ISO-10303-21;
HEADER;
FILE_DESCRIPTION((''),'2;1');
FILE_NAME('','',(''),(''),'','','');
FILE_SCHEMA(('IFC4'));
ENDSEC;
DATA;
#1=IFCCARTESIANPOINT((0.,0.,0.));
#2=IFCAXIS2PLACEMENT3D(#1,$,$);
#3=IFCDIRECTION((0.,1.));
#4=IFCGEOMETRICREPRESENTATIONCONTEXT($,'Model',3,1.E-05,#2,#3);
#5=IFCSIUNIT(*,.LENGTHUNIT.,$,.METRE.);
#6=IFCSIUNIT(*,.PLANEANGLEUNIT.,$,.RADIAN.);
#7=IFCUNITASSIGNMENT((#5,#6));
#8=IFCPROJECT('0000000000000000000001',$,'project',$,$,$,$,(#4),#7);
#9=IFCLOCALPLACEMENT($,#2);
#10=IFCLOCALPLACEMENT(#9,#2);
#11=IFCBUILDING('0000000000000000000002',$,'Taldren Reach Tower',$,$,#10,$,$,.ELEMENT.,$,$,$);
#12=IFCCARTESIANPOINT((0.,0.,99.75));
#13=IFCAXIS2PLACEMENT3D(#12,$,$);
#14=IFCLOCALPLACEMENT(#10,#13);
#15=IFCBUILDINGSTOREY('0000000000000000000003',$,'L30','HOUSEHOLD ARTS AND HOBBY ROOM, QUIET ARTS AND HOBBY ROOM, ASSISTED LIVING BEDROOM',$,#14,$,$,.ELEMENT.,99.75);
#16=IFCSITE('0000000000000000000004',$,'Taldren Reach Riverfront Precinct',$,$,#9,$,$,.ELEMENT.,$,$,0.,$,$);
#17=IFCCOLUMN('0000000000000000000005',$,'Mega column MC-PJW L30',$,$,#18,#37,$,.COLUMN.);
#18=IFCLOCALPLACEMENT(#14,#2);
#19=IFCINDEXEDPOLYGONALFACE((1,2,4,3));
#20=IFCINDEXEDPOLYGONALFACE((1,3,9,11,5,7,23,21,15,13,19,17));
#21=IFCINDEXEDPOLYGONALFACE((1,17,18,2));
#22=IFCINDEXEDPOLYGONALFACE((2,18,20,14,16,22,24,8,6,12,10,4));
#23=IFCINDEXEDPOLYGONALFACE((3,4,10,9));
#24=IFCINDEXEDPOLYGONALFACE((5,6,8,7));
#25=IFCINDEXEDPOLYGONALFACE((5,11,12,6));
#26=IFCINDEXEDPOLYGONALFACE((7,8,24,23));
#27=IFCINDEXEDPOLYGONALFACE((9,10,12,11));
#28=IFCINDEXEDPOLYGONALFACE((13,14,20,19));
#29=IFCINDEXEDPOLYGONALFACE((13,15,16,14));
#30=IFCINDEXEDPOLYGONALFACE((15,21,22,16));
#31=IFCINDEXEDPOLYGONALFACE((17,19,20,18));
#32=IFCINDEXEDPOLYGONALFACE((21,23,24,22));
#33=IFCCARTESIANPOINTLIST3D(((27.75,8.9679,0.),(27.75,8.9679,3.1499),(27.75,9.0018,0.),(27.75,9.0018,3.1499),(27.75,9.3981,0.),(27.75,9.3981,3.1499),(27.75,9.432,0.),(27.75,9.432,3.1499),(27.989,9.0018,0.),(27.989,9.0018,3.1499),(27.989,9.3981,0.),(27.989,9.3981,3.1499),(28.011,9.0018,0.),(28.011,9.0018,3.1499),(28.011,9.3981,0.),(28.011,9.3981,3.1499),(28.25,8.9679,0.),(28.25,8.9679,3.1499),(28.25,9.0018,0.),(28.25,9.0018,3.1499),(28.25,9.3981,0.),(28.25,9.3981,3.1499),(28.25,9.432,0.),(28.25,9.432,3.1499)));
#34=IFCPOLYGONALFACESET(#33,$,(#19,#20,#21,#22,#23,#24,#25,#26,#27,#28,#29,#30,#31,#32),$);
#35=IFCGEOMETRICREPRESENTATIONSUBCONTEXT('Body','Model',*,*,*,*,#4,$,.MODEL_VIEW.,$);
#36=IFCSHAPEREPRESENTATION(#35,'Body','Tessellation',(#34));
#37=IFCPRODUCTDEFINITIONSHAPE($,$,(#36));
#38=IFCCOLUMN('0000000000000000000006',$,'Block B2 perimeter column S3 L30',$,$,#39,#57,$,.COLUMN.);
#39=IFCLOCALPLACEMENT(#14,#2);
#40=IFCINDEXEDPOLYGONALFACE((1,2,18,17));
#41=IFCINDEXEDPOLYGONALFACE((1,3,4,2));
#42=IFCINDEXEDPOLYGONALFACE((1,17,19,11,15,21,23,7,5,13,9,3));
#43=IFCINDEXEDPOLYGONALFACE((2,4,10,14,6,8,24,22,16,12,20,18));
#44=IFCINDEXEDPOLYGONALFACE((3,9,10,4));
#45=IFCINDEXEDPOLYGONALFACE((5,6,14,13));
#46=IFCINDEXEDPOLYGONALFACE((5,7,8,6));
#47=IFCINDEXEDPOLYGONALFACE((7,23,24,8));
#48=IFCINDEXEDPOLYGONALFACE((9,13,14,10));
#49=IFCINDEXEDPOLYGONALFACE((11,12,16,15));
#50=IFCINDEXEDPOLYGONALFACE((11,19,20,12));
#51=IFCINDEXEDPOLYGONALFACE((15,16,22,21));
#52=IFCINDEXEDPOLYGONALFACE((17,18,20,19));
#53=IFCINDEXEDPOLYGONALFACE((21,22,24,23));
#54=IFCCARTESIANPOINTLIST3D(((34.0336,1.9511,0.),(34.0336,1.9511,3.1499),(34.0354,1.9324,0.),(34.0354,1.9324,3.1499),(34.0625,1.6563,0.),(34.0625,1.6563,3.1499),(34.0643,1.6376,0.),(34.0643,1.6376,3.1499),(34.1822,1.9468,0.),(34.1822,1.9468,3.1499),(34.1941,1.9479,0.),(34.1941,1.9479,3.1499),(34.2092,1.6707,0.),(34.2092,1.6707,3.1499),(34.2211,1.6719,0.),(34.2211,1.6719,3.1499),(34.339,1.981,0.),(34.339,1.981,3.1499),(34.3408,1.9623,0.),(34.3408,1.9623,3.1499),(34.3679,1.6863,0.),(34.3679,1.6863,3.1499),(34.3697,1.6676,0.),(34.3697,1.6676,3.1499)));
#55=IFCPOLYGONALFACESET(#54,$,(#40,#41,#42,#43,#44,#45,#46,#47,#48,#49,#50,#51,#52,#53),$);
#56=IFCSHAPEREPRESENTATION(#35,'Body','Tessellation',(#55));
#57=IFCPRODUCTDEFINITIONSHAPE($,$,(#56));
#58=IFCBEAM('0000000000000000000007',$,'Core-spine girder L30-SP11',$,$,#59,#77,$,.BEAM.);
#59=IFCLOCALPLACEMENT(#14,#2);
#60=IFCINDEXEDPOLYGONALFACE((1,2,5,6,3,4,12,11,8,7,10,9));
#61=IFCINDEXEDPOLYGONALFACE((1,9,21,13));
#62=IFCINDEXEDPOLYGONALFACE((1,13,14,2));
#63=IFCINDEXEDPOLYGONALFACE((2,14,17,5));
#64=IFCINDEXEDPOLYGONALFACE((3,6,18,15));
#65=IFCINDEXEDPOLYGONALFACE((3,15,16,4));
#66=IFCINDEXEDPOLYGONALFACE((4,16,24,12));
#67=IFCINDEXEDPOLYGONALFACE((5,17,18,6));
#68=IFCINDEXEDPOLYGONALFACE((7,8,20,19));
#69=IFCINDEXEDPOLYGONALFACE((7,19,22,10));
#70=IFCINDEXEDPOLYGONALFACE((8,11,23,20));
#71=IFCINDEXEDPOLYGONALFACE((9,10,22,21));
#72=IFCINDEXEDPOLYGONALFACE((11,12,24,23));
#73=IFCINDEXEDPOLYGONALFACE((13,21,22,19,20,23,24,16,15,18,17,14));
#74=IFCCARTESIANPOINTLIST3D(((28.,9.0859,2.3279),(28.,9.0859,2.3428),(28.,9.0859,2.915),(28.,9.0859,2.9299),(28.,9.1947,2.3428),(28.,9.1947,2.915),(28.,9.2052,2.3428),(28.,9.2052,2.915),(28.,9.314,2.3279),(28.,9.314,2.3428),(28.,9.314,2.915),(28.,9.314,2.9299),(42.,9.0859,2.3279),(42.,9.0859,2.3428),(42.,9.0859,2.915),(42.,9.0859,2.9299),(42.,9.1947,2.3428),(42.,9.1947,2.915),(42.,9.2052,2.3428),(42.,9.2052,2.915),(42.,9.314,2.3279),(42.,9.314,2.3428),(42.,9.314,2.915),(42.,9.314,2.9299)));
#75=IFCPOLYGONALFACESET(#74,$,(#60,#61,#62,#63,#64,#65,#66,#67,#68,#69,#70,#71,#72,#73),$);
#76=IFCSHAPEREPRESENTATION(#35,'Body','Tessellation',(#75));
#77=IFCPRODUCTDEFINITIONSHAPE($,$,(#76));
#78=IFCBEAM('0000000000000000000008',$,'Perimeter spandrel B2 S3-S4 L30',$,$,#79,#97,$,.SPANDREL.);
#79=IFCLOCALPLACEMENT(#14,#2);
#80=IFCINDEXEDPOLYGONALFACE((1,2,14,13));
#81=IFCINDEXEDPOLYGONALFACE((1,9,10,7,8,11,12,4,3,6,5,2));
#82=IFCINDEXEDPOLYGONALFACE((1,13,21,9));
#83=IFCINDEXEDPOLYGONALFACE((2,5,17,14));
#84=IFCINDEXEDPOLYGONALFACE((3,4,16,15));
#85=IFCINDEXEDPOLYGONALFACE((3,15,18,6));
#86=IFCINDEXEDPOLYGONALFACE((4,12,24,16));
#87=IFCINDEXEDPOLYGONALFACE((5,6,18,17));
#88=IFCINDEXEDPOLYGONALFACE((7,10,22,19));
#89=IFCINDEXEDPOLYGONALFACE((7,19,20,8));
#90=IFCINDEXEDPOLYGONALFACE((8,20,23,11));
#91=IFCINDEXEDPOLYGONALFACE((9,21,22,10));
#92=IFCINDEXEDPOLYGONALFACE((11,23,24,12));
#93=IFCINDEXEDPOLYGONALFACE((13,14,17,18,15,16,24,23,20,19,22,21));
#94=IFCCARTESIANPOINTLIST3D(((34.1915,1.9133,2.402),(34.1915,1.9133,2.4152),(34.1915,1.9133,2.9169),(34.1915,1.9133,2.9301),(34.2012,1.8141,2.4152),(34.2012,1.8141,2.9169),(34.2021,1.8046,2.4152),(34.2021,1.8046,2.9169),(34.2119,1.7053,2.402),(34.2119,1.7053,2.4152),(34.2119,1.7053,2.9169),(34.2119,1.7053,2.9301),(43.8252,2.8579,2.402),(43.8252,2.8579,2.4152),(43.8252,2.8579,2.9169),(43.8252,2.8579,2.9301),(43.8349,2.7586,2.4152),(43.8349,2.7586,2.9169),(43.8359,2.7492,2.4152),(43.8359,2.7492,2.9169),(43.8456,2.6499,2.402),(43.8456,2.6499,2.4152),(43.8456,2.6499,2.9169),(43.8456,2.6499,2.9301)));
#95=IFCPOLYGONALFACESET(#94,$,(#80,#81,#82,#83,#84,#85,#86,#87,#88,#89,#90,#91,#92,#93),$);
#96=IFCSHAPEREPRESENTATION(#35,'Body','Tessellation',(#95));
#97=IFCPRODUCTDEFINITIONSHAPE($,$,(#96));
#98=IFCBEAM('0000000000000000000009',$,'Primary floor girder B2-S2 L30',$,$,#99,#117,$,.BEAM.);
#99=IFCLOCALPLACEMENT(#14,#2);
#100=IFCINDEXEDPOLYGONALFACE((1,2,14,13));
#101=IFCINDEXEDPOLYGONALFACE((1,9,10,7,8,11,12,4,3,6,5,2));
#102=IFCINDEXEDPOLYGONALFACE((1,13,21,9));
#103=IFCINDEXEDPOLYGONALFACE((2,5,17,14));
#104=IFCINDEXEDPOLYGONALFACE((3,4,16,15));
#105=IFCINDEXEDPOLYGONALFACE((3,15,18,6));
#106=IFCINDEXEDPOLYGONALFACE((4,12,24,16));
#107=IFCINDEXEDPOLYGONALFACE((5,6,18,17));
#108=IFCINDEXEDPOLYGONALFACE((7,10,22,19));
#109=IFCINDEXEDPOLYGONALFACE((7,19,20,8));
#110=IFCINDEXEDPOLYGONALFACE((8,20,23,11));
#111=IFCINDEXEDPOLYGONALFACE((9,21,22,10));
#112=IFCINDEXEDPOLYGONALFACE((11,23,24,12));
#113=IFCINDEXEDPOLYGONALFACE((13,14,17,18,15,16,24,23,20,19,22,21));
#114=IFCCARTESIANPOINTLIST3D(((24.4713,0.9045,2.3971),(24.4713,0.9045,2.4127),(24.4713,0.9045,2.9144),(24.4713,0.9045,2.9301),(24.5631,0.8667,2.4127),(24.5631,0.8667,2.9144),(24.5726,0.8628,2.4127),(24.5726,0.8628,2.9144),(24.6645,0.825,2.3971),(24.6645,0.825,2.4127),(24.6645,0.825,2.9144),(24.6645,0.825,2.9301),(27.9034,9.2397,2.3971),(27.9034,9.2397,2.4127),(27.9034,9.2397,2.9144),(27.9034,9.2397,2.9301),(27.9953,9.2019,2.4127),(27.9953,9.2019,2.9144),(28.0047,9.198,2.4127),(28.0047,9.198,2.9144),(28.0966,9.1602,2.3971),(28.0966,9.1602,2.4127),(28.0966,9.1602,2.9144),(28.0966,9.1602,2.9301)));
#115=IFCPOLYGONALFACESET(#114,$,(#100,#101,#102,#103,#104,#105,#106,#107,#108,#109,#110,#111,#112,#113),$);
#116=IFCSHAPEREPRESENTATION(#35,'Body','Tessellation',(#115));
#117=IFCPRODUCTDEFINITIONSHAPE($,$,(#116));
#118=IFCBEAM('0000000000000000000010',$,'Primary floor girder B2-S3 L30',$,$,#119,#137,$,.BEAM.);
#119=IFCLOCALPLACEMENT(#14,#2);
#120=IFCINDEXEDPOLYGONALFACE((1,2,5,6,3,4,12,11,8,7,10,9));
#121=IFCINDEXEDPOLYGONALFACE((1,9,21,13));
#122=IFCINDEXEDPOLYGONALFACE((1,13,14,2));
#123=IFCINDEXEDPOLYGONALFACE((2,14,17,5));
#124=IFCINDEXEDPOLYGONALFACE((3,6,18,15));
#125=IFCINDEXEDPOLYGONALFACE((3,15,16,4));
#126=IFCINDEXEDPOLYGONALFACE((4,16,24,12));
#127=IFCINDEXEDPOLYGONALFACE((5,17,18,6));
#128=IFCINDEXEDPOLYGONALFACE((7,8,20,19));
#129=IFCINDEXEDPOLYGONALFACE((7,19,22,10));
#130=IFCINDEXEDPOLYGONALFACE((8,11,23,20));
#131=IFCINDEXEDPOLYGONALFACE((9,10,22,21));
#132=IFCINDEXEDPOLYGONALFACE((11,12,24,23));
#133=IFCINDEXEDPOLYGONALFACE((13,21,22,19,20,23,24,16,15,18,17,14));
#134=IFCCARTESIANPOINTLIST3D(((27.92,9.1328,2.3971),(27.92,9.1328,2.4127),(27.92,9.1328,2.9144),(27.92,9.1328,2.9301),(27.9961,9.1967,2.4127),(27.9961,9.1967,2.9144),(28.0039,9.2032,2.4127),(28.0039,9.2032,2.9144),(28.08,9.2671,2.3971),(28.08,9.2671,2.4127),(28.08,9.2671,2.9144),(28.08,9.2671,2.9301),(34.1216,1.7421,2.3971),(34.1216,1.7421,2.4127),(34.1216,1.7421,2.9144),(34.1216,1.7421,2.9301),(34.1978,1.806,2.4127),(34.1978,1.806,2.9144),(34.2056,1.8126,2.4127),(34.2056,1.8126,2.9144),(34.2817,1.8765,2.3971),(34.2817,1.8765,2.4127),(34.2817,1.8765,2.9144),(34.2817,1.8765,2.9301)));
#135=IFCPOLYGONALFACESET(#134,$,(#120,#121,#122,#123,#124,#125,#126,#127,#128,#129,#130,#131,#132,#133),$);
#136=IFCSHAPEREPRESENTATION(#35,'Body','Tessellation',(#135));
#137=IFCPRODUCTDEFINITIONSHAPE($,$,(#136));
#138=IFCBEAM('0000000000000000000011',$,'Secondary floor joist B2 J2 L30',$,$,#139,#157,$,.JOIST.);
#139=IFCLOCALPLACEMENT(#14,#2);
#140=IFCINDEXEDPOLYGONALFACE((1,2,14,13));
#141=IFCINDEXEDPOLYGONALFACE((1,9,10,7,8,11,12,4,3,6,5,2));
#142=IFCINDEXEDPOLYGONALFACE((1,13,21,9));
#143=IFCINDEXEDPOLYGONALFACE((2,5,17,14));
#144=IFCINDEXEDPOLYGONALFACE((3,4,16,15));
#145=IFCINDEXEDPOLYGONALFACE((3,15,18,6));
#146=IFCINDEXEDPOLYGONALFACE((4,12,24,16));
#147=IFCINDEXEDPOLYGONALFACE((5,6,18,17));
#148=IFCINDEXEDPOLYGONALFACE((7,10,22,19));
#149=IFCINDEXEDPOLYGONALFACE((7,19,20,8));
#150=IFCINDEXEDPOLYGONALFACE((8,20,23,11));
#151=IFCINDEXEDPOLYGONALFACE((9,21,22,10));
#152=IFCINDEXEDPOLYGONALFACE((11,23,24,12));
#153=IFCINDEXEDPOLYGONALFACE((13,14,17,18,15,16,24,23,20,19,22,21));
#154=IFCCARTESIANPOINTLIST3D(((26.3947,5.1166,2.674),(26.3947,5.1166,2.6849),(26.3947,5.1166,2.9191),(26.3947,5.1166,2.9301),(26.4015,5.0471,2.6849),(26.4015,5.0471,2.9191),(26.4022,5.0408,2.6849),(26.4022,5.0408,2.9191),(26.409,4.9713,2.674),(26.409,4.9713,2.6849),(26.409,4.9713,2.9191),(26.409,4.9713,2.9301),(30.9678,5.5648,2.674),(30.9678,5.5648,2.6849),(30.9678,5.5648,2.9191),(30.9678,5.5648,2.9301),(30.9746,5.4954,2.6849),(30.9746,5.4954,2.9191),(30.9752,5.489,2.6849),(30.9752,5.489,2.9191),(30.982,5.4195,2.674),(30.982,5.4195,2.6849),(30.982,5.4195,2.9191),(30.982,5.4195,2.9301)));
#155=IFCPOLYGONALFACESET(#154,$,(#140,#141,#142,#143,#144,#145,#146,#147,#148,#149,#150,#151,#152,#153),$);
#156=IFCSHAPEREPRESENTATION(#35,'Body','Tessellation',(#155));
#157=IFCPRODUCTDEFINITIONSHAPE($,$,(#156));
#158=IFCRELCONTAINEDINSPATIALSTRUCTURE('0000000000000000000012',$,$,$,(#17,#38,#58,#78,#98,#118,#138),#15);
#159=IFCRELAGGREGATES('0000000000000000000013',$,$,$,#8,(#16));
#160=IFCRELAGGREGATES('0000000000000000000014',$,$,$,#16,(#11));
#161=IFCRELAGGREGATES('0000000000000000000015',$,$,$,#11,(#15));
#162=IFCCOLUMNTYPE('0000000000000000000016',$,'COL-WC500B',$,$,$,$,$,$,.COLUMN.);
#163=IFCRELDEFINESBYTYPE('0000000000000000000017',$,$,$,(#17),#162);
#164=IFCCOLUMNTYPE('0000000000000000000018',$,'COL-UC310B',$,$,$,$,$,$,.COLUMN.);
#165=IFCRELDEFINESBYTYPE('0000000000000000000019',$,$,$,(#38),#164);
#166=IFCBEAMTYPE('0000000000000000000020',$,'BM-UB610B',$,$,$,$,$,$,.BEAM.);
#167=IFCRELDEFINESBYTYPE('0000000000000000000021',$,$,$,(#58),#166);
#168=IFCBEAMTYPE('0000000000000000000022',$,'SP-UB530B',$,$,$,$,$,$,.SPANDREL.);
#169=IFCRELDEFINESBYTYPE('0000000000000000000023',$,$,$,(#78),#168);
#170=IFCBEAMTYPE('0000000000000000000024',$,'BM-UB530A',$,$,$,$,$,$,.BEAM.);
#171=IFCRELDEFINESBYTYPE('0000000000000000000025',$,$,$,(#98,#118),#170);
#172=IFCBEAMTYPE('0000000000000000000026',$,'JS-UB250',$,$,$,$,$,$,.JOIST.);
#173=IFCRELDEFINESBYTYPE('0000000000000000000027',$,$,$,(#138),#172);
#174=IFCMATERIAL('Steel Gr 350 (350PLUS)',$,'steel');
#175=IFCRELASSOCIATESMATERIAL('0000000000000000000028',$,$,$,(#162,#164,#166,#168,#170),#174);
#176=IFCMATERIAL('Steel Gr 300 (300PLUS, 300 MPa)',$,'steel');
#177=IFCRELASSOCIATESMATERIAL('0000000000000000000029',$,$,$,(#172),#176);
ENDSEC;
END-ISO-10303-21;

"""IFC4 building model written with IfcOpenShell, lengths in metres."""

from ifc_helpers import new_model, si_unit, direction, frame, origin, origin_2d, place, context, subcontext, project, spatial, i_section, extrude, source, transform, mapped, material, material_profile, profile_set, type_object, element, save


model = new_model("IFC4")

# Units and contexts
model_context = context("Model", 3, precision=1e-05, world=origin(), true_north=direction((0.0, 1.0)))
body_context = subcontext(model_context, "Body", "Model", "MODEL_VIEW")
ifc_project = project(units=[si_unit("LENGTHUNIT", "METRE"), si_unit("PLANEANGLEUNIT", "RADIAN")], contexts=[model_context])

# Site, building, storey
site_placement = place(None, origin())
site = spatial("IfcSite", under=ifc_project, at=site_placement, Name="Taldren Reach Riverfront Precinct", CompositionType="ELEMENT", RefElevation=0.0)
building_placement = place(site_placement, origin())
building = spatial("IfcBuilding", under=site, at=building_placement, Name="Taldren Reach Tower", CompositionType="ELEMENT")
storey_placement = place(building_placement, frame((0.0, 0.0, 99.75)))
storey = spatial("IfcBuildingStorey", under=building, at=storey_placement, Name="L30", Description="HOUSEHOLD ARTS AND HOBBY ROOM, QUIET ARTS AND HOBBY ROOM, ASSISTED LIVING BEDROOM", CompositionType="ELEMENT", Elevation=99.75)

# Columns
ifc_material_1 = material(Name="Steel Gr 350 (350PLUS)", Category="steel")
ifc_material_profile_1 = material_profile(ifc_material_1, i_section(OverallWidth=0.5, OverallDepth=0.4641, WebThickness=0.022, FlangeThickness=0.0339, at=origin_2d()), Name="500WC340")
ifc_profile_set_1 = profile_set([ifc_material_profile_1], Name="Steel Gr 350 (350PLUS)")
column_type_1 = type_object("IfcColumnType", Name="COL-WC500B", PredefinedType="COLUMN", material=ifc_profile_set_1)
shared_shape_1 = source(origin(), body_context, "Body", "SweptSolid", [
    extrude(i_section(OverallWidth=0.5, OverallDepth=0.4641, WebThickness=0.022, FlangeThickness=0.0339, at=origin_2d()), origin(), (0.0, 0.0, 1.0), 3.1499),
])
column_1_placement = place(storey_placement, frame((28.0, 9.2, 0.0), z_axis=(0.0, 0.0, 1.0), x_axis=(1.0, 0.0, 0.0)))
element("IfcColumn", 1, at=column_1_placement, inside=storey, type_object=column_type_1, Name="Mega column MC-PJW L30", PredefinedType="COLUMN", context=body_context, shape_type="MappedRepresentation", body=[
    mapped(shared_shape_1, transform((0.0, 0.0, 0.0), scale=1.0)),
])
ifc_material_profile_2 = material_profile(ifc_material_1, i_section(OverallWidth=0.3069, OverallDepth=0.3149, WebThickness=0.012, FlangeThickness=0.0188, at=origin_2d()), Name="310UC118")
ifc_profile_set_2 = profile_set([ifc_material_profile_2], Name="Steel Gr 350 (350PLUS)")
column_type_2 = type_object("IfcColumnType", Name="COL-UC310B", PredefinedType="COLUMN", material=ifc_profile_set_2)
shared_shape_2 = source(origin(), body_context, "Body", "SweptSolid", [
    extrude(i_section(OverallWidth=0.3069, OverallDepth=0.3149, WebThickness=0.012, FlangeThickness=0.0188, at=origin_2d()), origin(), (0.0, 0.0, 1.0), 3.1499),
])
column_2_placement = place(storey_placement, frame((34.2017, 1.8093, 0.0), z_axis=(0.0, 0.0, 1.0), x_axis=(0.995227, 0.097583, 0.0)))
element("IfcColumn", 2, at=column_2_placement, inside=storey, type_object=column_type_2, Name="Block B2 perimeter column S3 L30", PredefinedType="COLUMN", context=body_context, shape_type="MappedRepresentation", body=[
    mapped(shared_shape_2, transform((0.0, 0.0, 0.0), scale=1.0)),
])

# Beams
ifc_material_profile_3 = material_profile(ifc_material_1, i_section(OverallWidth=0.228, OverallDepth=0.6021, WebThickness=0.0105, FlangeThickness=0.0149, at=origin_2d()), Name="610UB101")
ifc_profile_set_3 = profile_set([ifc_material_profile_3], Name="Steel Gr 350 (350PLUS)")
beam_type_1 = type_object("IfcBeamType", Name="BM-UB610B", PredefinedType="BEAM", material=ifc_profile_set_3)
shared_shape_3 = source(origin(), body_context, "Body", "SweptSolid", [
    extrude(i_section(OverallWidth=0.228, OverallDepth=0.6021, WebThickness=0.0105, FlangeThickness=0.0149, at=origin_2d()), origin(), (0.0, 0.0, 1.0), 14.0),
])
beam_1_placement = place(storey_placement, frame((28.0, 9.2, 2.6289), z_axis=(1.0, 0.0, 0.0), x_axis=(0.0, 1.0, 0.0)))
element("IfcBeam", 3, at=beam_1_placement, inside=storey, type_object=beam_type_1, Name="Core-spine girder L30-SP11", PredefinedType="BEAM", context=body_context, shape_type="MappedRepresentation", body=[
    mapped(shared_shape_3, transform((0.0, 0.0, 0.0), scale=1.0)),
])
ifc_material_profile_4 = material_profile(ifc_material_1, i_section(OverallWidth=0.209, OverallDepth=0.5281, WebThickness=0.0095, FlangeThickness=0.0132, at=origin_2d()), Name="530UB82.0")
ifc_profile_set_4 = profile_set([ifc_material_profile_4], Name="Steel Gr 350 (350PLUS)")
beam_type_2 = type_object("IfcBeamType", Name="SP-UB530B", PredefinedType="SPANDREL", material=ifc_profile_set_4)
shared_shape_4 = source(origin(), body_context, "Body", "SweptSolid", [
    extrude(i_section(OverallWidth=0.209, OverallDepth=0.5281, WebThickness=0.0095, FlangeThickness=0.0132, at=origin_2d()), origin(), (0.0, 0.0, 1.0), 9.6799),
])
beam_2_placement = place(storey_placement, frame((34.2017, 1.8093, 2.666), z_axis=(0.995228, 0.097581, 0.0), x_axis=(-0.097581, 0.995228, 0.0)))
element("IfcBeam", 4, at=beam_2_placement, inside=storey, type_object=beam_type_2, Name="Perimeter spandrel B2 S3-S4 L30", PredefinedType="SPANDREL", context=body_context, shape_type="MappedRepresentation", body=[
    mapped(shared_shape_4, transform((0.0, 0.0, 0.0), scale=1.0)),
])
ifc_material_profile_5 = material_profile(ifc_material_1, i_section(OverallWidth=0.209, OverallDepth=0.533, WebThickness=0.0103, FlangeThickness=0.0156, at=origin_2d()), Name="530UB92.4")
ifc_profile_set_5 = profile_set([ifc_material_profile_5], Name="Steel Gr 350 (350PLUS)")
beam_type_3 = type_object("IfcBeamType", Name="BM-UB530A", PredefinedType="BEAM", material=ifc_profile_set_5)
shared_shape_5 = source(origin(), body_context, "Body", "SweptSolid", [
    extrude(i_section(OverallWidth=0.209, OverallDepth=0.533, WebThickness=0.0103, FlangeThickness=0.0156, at=origin_2d()), origin(), (0.0, 0.0, 1.0), 9.0142),
])
beam_3_placement = place(storey_placement, frame((28.0, 9.2, 2.6636), z_axis=(-0.380748, -0.924679, 0.0), x_axis=(0.924679, -0.380748, 0.0)))
element("IfcBeam", 5, at=beam_3_placement, inside=storey, type_object=beam_type_3, Name="Primary floor girder B2-S2 L30", PredefinedType="BEAM", context=body_context, shape_type="MappedRepresentation", body=[
    mapped(shared_shape_5, transform((0.0, 0.0, 0.0), scale=1.0)),
])
shared_shape_6 = source(origin(), body_context, "Body", "SweptSolid", [
    extrude(i_section(OverallWidth=0.209, OverallDepth=0.533, WebThickness=0.0103, FlangeThickness=0.0156, at=origin_2d()), origin(), (0.0, 0.0, 1.0), 9.6479),
])
beam_4_placement = place(storey_placement, frame((28.0, 9.2, 2.6636), z_axis=(0.642799, -0.766035, 0.0), x_axis=(0.766035, 0.642799, 0.0)))
element("IfcBeam", 6, at=beam_4_placement, inside=storey, type_object=beam_type_3, Name="Primary floor girder B2-S3 L30", PredefinedType="BEAM", context=body_context, shape_type="MappedRepresentation", body=[
    mapped(shared_shape_6, transform((0.0, 0.0, 0.0), scale=1.0)),
])
ifc_material_2 = material(Name="Steel Gr 300 (300PLUS, 300 MPa)", Category="steel")
ifc_material_profile_6 = material_profile(ifc_material_2, i_section(OverallWidth=0.146, OverallDepth=0.2561, WebThickness=0.0063, FlangeThickness=0.011, at=origin_2d()), Name="250UB37.3")
ifc_profile_set_6 = profile_set([ifc_material_profile_6], Name="Steel Gr 300 (300PLUS, 300 MPa)")
beam_type_4 = type_object("IfcBeamType", Name="JS-UB250", PredefinedType="JOIST", material=ifc_profile_set_6)
shared_shape_7 = source(origin(), body_context, "Body", "SweptSolid", [
    extrude(i_section(OverallWidth=0.146, OverallDepth=0.2561, WebThickness=0.0063, FlangeThickness=0.011, at=origin_2d()), origin(), (0.0, 0.0, 1.0), 4.595),
])
beam_5_placement = place(storey_placement, frame((26.4019, 5.0439, 2.802), z_axis=(0.99523, 0.097552, 0.0), x_axis=(-0.097552, 0.99523, 0.0)))
element("IfcBeam", 7, at=beam_5_placement, inside=storey, type_object=beam_type_4, Name="Secondary floor joist B2 J2 L30", PredefinedType="JOIST", context=body_context, shape_type="MappedRepresentation", body=[
    mapped(shared_shape_7, transform((0.0, 0.0, 0.0), scale=1.0)),
])

save(model, "model.ifc")
